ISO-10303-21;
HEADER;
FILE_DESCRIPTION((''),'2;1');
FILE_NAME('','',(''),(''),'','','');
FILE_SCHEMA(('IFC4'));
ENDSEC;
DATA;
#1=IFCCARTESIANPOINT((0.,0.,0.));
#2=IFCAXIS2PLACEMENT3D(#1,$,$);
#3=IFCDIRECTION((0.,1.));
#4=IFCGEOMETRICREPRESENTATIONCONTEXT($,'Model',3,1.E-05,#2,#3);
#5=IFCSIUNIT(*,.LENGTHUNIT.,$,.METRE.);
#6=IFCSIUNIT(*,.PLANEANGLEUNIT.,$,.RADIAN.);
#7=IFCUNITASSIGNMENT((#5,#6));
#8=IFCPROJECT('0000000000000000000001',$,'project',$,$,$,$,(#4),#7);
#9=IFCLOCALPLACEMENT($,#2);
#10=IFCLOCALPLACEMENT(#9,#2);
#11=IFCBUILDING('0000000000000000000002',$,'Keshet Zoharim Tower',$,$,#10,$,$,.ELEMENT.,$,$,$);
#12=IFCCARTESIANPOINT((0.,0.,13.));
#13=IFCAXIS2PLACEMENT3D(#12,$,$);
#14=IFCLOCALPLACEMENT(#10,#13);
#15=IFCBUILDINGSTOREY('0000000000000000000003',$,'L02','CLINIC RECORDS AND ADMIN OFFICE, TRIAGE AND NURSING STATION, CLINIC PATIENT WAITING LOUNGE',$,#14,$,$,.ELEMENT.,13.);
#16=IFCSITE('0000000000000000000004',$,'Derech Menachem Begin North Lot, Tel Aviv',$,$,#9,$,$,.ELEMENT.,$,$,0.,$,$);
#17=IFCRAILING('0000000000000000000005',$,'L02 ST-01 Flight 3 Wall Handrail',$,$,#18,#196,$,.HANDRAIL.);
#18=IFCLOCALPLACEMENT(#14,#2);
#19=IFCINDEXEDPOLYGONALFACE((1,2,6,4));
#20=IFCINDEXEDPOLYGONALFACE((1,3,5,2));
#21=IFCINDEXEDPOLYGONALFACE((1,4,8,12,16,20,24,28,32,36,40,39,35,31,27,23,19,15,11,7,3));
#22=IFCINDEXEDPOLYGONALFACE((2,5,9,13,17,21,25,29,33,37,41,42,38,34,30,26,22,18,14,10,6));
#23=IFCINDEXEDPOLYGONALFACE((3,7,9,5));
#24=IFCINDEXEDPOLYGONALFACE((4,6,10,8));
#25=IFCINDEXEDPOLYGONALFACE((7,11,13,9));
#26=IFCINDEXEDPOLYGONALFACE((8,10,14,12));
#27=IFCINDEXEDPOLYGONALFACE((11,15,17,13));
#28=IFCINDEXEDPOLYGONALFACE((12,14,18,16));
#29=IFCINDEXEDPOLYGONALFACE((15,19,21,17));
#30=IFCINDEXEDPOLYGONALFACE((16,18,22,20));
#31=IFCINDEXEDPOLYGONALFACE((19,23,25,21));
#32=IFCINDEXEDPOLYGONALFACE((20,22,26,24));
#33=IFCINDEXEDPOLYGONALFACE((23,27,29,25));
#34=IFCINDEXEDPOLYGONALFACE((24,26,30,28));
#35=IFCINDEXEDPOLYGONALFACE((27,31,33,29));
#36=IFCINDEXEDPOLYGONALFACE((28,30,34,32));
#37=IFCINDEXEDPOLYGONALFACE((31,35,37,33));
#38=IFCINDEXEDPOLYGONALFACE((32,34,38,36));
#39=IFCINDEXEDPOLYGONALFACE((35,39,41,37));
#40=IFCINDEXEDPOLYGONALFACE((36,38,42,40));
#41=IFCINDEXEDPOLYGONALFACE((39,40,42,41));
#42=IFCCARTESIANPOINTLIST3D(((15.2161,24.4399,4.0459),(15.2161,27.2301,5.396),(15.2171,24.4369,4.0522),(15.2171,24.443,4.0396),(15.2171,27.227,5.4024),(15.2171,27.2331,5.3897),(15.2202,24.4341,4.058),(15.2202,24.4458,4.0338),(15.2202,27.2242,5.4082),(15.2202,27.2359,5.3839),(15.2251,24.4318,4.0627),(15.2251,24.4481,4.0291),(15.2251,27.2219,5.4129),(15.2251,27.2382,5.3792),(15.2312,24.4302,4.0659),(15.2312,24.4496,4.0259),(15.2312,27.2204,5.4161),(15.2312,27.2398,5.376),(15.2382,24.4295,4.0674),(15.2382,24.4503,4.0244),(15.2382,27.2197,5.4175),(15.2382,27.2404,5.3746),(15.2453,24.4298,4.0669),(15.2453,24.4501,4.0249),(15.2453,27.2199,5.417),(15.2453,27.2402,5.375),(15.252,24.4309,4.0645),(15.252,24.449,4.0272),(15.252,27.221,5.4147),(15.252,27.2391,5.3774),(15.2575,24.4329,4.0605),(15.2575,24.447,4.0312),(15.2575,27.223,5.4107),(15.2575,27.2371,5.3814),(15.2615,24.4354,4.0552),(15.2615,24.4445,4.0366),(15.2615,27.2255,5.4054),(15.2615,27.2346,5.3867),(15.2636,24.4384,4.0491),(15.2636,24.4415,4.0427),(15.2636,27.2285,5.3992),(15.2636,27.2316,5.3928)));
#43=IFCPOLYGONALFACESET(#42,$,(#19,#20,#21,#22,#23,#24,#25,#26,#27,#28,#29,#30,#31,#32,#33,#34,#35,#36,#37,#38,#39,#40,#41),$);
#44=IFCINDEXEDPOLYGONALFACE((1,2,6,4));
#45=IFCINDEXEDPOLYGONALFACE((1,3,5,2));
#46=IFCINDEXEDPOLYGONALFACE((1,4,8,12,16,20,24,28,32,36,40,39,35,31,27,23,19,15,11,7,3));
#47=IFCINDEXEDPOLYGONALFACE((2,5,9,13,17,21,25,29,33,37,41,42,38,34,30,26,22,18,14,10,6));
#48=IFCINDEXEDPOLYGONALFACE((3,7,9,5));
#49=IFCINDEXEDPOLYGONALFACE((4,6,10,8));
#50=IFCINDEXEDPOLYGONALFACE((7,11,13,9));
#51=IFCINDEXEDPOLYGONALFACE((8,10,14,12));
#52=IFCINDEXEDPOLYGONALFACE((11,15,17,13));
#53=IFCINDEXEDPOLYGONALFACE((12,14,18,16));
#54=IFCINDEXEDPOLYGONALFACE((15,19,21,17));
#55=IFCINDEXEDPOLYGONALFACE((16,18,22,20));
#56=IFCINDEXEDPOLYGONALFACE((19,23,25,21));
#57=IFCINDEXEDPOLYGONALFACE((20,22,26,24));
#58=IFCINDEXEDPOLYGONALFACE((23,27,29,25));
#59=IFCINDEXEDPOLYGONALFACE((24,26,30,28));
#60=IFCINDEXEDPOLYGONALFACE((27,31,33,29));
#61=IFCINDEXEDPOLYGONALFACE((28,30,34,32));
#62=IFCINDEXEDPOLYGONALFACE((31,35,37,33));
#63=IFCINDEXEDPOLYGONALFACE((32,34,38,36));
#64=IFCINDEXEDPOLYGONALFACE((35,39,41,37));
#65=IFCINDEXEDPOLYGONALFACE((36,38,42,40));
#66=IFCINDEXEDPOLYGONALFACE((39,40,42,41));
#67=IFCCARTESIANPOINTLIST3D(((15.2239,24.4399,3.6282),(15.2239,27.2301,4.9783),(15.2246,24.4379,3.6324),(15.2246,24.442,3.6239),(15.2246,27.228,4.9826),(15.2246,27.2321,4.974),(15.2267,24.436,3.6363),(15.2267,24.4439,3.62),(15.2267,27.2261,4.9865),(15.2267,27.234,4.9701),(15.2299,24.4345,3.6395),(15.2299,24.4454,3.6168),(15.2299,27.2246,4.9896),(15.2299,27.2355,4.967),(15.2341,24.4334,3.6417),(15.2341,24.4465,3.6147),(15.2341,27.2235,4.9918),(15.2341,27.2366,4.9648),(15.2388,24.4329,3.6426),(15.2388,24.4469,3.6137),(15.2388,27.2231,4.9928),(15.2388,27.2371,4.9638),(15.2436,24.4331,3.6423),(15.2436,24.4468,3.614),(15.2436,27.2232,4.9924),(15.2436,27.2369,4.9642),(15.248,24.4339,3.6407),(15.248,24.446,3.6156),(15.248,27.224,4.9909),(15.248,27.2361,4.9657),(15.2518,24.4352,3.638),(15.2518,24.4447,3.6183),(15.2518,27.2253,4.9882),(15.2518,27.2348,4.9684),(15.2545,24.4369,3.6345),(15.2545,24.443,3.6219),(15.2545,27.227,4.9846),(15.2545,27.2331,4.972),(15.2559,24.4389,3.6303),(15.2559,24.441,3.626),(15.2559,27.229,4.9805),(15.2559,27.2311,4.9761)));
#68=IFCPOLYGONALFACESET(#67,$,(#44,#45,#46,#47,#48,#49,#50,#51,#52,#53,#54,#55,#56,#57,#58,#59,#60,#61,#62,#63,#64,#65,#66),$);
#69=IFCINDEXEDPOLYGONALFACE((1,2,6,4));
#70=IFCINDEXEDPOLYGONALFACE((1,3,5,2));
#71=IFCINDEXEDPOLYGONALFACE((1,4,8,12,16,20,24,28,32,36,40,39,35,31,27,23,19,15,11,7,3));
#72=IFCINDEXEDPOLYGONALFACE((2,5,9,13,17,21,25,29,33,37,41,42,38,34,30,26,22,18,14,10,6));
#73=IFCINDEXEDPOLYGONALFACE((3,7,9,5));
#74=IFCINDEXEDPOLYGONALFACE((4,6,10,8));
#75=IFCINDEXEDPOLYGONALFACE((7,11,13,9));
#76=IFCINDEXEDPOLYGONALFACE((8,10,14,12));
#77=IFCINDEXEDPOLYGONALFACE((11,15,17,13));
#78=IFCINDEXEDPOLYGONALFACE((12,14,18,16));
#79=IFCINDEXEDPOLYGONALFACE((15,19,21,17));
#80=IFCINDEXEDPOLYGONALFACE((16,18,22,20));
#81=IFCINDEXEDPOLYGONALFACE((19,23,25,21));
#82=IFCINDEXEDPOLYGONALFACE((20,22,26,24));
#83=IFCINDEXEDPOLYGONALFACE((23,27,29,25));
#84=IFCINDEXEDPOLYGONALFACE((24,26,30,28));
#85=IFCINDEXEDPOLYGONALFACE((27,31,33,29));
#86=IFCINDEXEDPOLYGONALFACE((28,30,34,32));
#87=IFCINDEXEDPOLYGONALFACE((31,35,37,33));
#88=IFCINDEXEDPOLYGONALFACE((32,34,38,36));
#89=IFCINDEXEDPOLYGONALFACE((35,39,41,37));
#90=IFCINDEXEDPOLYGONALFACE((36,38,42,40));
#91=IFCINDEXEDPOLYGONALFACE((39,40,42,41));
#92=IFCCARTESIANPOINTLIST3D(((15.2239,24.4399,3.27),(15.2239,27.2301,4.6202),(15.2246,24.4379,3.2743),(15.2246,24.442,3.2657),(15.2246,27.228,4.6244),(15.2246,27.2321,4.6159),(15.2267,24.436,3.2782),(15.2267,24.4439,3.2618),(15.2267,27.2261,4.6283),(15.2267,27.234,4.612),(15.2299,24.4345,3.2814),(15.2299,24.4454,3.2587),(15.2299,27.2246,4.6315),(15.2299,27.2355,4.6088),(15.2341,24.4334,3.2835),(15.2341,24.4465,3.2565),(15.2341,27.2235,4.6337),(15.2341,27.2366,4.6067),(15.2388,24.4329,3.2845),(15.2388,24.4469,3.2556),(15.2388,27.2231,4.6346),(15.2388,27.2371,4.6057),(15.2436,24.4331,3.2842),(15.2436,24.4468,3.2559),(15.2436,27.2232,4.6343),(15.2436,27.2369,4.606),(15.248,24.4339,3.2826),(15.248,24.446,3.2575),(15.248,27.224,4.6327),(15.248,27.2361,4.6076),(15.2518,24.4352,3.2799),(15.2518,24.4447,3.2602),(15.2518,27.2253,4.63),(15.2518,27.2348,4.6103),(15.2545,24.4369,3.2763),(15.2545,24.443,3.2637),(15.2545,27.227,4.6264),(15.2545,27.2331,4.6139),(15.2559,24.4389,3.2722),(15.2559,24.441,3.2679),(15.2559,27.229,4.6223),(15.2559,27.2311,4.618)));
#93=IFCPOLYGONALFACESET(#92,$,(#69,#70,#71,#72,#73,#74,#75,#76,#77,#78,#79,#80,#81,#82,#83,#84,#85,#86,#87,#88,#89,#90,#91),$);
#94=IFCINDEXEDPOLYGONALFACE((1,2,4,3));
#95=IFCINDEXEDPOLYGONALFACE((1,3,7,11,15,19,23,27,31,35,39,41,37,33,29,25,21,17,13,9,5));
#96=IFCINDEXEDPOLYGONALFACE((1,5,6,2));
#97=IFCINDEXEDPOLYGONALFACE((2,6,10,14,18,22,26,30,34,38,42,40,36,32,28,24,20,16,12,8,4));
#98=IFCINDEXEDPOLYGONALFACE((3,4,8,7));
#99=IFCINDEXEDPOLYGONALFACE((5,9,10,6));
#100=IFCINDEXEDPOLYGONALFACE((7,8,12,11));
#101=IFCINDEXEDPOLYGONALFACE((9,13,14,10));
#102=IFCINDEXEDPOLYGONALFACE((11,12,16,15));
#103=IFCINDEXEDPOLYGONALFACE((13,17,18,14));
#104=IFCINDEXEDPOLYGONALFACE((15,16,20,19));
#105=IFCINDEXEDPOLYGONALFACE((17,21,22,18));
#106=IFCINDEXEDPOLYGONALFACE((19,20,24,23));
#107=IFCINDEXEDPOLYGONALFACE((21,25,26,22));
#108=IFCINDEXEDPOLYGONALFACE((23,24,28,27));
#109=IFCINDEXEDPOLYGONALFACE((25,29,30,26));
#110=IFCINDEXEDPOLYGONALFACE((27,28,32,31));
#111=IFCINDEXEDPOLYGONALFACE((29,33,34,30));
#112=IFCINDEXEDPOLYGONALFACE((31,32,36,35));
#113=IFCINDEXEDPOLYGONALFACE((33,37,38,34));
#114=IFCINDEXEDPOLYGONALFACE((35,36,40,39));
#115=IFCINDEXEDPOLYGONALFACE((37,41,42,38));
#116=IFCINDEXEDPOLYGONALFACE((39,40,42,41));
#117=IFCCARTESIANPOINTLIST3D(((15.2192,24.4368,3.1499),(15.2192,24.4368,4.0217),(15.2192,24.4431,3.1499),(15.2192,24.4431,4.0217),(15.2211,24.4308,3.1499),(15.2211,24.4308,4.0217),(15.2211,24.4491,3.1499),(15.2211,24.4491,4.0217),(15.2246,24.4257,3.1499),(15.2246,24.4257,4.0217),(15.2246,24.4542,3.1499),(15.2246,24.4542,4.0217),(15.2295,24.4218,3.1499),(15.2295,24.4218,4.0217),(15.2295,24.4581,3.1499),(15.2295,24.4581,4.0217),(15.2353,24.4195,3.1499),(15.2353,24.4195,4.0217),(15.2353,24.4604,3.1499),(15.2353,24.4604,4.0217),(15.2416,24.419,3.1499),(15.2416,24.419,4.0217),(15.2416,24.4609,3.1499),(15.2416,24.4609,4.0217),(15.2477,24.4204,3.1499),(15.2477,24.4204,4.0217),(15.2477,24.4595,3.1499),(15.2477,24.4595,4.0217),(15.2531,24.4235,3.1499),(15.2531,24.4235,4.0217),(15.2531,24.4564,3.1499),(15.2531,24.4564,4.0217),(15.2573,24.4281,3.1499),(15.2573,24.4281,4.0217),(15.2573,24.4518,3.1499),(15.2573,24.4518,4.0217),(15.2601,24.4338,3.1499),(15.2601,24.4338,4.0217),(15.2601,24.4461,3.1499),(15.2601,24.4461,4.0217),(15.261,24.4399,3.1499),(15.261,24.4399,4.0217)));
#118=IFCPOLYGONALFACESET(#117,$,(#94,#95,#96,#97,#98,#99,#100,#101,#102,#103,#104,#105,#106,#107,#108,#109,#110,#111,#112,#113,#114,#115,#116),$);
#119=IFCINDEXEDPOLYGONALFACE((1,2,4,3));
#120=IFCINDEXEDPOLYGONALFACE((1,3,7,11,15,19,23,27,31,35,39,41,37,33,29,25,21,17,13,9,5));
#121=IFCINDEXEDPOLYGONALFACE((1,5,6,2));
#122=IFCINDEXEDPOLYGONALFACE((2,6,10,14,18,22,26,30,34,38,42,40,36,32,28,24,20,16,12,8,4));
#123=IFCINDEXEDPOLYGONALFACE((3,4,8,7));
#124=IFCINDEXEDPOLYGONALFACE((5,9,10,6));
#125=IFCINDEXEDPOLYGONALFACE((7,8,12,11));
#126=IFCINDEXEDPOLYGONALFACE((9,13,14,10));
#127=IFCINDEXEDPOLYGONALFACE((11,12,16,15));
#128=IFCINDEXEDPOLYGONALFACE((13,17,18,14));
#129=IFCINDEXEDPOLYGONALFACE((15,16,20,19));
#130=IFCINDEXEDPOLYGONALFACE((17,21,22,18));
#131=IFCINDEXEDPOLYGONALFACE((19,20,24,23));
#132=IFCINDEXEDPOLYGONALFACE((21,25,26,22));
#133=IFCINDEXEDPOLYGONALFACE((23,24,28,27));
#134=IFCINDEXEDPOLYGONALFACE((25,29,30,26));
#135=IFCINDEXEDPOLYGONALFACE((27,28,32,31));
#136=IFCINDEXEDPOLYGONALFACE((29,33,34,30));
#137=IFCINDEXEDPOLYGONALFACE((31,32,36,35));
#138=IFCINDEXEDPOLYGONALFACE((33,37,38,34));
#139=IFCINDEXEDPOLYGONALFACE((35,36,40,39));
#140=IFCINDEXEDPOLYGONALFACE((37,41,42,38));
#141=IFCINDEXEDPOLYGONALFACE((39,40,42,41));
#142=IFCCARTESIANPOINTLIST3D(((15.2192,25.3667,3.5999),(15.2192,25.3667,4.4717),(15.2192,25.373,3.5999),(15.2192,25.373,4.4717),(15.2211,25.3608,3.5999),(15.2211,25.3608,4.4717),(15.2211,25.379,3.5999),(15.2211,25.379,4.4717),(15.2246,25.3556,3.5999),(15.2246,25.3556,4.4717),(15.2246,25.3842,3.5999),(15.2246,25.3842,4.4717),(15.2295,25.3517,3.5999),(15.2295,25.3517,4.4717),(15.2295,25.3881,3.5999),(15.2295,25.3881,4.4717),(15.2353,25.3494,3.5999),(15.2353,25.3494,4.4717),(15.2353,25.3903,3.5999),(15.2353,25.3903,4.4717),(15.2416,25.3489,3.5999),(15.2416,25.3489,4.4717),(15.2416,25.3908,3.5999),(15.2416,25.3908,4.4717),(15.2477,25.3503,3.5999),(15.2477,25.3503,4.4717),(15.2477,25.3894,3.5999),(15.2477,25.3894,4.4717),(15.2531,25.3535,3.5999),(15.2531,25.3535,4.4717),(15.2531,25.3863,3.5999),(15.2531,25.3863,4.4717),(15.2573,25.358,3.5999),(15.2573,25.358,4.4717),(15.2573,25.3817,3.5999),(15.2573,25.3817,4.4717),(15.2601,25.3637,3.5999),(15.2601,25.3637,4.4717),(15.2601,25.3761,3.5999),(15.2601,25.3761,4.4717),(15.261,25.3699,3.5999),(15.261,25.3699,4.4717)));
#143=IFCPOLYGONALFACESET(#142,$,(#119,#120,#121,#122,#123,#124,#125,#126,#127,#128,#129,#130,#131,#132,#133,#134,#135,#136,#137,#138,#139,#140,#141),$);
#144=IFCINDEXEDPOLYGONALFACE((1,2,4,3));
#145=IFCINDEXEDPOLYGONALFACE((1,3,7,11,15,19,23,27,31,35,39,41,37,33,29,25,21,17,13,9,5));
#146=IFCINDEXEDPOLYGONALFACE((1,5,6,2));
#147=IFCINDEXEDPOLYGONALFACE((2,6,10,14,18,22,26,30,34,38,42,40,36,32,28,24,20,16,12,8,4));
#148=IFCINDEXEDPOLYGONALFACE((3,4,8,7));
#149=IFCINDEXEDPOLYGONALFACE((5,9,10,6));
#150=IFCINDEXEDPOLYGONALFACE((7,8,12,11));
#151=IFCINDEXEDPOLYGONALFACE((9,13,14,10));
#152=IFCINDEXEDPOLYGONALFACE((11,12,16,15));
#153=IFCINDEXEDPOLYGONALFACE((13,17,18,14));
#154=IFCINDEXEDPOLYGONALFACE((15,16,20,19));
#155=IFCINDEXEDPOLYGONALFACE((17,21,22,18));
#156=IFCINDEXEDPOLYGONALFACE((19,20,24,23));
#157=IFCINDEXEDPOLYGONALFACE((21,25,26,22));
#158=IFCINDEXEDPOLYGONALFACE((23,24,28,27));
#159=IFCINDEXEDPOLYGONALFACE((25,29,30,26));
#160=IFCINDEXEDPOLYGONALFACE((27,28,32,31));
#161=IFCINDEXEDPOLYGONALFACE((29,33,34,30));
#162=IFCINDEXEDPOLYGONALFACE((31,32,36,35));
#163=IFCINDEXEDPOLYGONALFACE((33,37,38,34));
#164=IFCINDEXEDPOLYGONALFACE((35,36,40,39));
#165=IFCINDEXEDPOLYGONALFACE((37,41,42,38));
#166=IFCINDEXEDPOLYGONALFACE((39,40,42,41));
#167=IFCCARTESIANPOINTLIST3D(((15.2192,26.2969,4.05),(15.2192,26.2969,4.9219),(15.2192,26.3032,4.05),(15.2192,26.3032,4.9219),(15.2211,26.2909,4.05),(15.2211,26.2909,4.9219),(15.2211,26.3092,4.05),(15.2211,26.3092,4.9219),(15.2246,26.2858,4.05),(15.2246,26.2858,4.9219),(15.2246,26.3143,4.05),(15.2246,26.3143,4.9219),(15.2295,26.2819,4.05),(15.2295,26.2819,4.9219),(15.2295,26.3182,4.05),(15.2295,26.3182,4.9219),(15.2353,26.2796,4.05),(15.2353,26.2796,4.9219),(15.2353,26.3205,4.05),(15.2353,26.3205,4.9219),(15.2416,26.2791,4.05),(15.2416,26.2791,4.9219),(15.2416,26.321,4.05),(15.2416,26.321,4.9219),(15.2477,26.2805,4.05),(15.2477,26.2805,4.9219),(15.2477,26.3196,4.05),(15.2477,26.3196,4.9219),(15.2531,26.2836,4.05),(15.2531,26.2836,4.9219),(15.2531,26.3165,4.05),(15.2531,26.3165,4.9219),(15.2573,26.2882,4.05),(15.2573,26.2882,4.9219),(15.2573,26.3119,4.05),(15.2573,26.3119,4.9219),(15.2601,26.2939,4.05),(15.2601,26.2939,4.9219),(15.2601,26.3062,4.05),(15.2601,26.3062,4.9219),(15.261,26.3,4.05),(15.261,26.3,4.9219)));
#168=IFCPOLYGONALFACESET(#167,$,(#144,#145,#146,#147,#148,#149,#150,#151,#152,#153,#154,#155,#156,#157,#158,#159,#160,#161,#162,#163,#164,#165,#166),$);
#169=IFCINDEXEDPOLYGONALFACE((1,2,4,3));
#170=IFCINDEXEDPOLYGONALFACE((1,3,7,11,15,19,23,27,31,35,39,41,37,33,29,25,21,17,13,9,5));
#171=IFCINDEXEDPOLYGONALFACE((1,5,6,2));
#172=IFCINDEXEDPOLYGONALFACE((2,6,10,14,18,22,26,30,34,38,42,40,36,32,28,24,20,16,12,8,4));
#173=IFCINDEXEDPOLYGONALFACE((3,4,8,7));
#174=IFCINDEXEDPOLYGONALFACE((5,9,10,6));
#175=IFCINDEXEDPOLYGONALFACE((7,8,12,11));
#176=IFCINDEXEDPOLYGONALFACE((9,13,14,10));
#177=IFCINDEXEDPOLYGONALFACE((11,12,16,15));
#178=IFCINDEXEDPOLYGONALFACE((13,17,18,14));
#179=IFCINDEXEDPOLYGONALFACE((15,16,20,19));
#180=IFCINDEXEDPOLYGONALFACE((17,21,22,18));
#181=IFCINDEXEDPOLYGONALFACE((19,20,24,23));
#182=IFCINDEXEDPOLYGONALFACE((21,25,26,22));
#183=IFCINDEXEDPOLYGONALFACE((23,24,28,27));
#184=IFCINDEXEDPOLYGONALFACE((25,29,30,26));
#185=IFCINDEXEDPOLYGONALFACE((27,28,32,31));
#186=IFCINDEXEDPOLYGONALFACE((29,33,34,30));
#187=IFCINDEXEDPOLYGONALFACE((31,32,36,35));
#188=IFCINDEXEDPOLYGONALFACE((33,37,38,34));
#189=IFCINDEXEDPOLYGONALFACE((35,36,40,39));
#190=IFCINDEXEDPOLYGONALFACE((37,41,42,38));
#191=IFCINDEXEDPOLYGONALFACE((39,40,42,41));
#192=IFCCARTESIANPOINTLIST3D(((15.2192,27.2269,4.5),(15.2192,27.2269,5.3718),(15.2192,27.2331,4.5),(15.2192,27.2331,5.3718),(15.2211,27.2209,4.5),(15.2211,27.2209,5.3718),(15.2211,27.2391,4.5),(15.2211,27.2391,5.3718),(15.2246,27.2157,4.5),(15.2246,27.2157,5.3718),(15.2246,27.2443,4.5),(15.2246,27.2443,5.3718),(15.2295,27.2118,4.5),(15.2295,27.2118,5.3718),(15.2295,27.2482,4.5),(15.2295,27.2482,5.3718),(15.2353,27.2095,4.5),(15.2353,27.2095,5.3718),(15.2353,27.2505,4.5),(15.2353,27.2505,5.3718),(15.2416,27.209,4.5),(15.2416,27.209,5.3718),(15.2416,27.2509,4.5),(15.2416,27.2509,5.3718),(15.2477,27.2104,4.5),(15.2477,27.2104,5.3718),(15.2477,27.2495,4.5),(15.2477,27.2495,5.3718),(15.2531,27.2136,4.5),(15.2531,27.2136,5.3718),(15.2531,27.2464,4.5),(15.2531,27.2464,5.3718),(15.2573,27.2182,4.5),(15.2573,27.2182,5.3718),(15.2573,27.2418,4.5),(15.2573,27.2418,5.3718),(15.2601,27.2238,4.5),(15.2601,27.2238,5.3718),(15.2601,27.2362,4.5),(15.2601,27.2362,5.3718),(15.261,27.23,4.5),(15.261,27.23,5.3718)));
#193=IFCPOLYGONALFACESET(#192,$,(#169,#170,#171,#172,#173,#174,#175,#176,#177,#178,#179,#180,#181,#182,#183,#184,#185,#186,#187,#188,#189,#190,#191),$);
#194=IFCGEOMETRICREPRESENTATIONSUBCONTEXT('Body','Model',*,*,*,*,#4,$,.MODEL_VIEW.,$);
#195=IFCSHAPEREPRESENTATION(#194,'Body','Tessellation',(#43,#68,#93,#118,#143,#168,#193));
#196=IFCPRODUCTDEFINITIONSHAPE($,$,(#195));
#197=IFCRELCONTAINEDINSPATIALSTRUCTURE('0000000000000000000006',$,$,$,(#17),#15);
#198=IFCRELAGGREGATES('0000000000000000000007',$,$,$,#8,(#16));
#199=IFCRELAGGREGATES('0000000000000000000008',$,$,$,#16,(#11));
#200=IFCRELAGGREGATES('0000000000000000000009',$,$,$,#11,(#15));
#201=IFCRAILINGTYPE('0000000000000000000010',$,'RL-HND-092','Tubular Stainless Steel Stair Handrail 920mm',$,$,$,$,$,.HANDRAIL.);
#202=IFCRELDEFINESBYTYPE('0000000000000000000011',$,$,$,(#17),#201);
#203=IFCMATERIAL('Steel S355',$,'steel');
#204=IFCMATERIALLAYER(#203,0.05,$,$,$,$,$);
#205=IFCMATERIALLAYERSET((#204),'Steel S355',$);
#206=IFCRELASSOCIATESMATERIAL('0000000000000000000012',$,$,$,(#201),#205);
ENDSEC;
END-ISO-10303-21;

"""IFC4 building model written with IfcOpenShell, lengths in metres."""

from ifc_helpers import new_model, si_unit, direction, frame, origin, origin_2d, place, context, subcontext, project, spatial, circle, extrude, material, layer, layer_set, type_object, element, save


model = new_model("IFC4")

# Units and contexts
model_context = context("Model", 3, precision=1e-05, world=origin(), true_north=direction((0.0, 1.0)))
body_context = subcontext(model_context, "Body", "Model", "MODEL_VIEW")
ifc_project = project(units=[si_unit("LENGTHUNIT", "METRE"), si_unit("PLANEANGLEUNIT", "RADIAN")], contexts=[model_context])

# Site, building, storey
site_placement = place(None, origin())
site = spatial("IfcSite", under=ifc_project, at=site_placement, Name="Derech Menachem Begin North Lot, Tel Aviv", CompositionType="ELEMENT", RefElevation=0.0)
building_placement = place(site_placement, origin())
building = spatial("IfcBuilding", under=site, at=building_placement, Name="Keshet Zoharim Tower", CompositionType="ELEMENT")
storey_placement = place(building_placement, frame((0.0, 0.0, 13.0)))
storey = spatial("IfcBuildingStorey", under=building, at=storey_placement, Name="L02", Description="CLINIC RECORDS AND ADMIN OFFICE, TRIAGE AND NURSING STATION, CLINIC PATIENT WAITING LOUNGE", CompositionType="ELEMENT", Elevation=13.0)

# Shared definitions
ifc_material_1 = material(Name="Steel S355", Category="steel")

# Railing
ifc_layer_1 = layer(ifc_material_1, 0.05)
ifc_layer_set_1 = layer_set([ifc_layer_1], Name="Steel S355")
railing_type_1 = type_object("IfcRailingType", Name="RL-HND-092", Description="Tubular Stainless Steel Stair Handrail 920mm", PredefinedType="HANDRAIL", material=ifc_layer_set_1)
for number, where, name in (
    (1, (15.24, 24.4399, 3.1499), "L02 ST-01 Flight 3 Wall Handrail"),
):
    element("IfcRailing", number, at=place(storey_placement, frame(where)), inside=storey, type_object=railing_type_1, Name=name, PredefinedType="HANDRAIL", context=body_context, shape_type="SweptSolid", body=[
        extrude(circle(Radius=0.0239, at=origin_2d()), frame((0.0, 0.0, 0.896), z_axis=(0.0, 0.900149, 0.435582), x_axis=(-1.0, 0.0, 0.0)), (0.0, 0.0, 1.0), 3.0996),
        extrude(circle(Radius=0.0161, at=origin_2d()), frame((0.0, 0.0, 0.4783), z_axis=(0.0, 0.900149, 0.435582), x_axis=(-1.0, 0.0, 0.0)), (0.0, 0.0, 1.0), 3.0996),
        extrude(circle(Radius=0.0161, at=origin_2d()), frame((0.0, 0.0, 0.1201), z_axis=(0.0, 0.900149, 0.435582), x_axis=(-1.0, 0.0, 0.0)), (0.0, 0.0, 1.0), 3.0996),
        extrude(circle(Radius=0.021, at=origin_2d()), origin(), (0.0, 0.0, 1.0), 0.8718),
        extrude(circle(Radius=0.021, at=origin_2d()), frame((0.0, 0.9299, 0.45)), (0.0, 0.0, 1.0), 0.8718),
        extrude(circle(Radius=0.021, at=origin_2d()), frame((0.0, 1.8601, 0.9001)), (0.0, 0.0, 1.0), 0.8718),
        extrude(circle(Radius=0.021, at=origin_2d()), frame((0.0, 2.79, 1.3501)), (0.0, 0.0, 1.0), 0.8718),
    ])

save(model, "model.ifc")
